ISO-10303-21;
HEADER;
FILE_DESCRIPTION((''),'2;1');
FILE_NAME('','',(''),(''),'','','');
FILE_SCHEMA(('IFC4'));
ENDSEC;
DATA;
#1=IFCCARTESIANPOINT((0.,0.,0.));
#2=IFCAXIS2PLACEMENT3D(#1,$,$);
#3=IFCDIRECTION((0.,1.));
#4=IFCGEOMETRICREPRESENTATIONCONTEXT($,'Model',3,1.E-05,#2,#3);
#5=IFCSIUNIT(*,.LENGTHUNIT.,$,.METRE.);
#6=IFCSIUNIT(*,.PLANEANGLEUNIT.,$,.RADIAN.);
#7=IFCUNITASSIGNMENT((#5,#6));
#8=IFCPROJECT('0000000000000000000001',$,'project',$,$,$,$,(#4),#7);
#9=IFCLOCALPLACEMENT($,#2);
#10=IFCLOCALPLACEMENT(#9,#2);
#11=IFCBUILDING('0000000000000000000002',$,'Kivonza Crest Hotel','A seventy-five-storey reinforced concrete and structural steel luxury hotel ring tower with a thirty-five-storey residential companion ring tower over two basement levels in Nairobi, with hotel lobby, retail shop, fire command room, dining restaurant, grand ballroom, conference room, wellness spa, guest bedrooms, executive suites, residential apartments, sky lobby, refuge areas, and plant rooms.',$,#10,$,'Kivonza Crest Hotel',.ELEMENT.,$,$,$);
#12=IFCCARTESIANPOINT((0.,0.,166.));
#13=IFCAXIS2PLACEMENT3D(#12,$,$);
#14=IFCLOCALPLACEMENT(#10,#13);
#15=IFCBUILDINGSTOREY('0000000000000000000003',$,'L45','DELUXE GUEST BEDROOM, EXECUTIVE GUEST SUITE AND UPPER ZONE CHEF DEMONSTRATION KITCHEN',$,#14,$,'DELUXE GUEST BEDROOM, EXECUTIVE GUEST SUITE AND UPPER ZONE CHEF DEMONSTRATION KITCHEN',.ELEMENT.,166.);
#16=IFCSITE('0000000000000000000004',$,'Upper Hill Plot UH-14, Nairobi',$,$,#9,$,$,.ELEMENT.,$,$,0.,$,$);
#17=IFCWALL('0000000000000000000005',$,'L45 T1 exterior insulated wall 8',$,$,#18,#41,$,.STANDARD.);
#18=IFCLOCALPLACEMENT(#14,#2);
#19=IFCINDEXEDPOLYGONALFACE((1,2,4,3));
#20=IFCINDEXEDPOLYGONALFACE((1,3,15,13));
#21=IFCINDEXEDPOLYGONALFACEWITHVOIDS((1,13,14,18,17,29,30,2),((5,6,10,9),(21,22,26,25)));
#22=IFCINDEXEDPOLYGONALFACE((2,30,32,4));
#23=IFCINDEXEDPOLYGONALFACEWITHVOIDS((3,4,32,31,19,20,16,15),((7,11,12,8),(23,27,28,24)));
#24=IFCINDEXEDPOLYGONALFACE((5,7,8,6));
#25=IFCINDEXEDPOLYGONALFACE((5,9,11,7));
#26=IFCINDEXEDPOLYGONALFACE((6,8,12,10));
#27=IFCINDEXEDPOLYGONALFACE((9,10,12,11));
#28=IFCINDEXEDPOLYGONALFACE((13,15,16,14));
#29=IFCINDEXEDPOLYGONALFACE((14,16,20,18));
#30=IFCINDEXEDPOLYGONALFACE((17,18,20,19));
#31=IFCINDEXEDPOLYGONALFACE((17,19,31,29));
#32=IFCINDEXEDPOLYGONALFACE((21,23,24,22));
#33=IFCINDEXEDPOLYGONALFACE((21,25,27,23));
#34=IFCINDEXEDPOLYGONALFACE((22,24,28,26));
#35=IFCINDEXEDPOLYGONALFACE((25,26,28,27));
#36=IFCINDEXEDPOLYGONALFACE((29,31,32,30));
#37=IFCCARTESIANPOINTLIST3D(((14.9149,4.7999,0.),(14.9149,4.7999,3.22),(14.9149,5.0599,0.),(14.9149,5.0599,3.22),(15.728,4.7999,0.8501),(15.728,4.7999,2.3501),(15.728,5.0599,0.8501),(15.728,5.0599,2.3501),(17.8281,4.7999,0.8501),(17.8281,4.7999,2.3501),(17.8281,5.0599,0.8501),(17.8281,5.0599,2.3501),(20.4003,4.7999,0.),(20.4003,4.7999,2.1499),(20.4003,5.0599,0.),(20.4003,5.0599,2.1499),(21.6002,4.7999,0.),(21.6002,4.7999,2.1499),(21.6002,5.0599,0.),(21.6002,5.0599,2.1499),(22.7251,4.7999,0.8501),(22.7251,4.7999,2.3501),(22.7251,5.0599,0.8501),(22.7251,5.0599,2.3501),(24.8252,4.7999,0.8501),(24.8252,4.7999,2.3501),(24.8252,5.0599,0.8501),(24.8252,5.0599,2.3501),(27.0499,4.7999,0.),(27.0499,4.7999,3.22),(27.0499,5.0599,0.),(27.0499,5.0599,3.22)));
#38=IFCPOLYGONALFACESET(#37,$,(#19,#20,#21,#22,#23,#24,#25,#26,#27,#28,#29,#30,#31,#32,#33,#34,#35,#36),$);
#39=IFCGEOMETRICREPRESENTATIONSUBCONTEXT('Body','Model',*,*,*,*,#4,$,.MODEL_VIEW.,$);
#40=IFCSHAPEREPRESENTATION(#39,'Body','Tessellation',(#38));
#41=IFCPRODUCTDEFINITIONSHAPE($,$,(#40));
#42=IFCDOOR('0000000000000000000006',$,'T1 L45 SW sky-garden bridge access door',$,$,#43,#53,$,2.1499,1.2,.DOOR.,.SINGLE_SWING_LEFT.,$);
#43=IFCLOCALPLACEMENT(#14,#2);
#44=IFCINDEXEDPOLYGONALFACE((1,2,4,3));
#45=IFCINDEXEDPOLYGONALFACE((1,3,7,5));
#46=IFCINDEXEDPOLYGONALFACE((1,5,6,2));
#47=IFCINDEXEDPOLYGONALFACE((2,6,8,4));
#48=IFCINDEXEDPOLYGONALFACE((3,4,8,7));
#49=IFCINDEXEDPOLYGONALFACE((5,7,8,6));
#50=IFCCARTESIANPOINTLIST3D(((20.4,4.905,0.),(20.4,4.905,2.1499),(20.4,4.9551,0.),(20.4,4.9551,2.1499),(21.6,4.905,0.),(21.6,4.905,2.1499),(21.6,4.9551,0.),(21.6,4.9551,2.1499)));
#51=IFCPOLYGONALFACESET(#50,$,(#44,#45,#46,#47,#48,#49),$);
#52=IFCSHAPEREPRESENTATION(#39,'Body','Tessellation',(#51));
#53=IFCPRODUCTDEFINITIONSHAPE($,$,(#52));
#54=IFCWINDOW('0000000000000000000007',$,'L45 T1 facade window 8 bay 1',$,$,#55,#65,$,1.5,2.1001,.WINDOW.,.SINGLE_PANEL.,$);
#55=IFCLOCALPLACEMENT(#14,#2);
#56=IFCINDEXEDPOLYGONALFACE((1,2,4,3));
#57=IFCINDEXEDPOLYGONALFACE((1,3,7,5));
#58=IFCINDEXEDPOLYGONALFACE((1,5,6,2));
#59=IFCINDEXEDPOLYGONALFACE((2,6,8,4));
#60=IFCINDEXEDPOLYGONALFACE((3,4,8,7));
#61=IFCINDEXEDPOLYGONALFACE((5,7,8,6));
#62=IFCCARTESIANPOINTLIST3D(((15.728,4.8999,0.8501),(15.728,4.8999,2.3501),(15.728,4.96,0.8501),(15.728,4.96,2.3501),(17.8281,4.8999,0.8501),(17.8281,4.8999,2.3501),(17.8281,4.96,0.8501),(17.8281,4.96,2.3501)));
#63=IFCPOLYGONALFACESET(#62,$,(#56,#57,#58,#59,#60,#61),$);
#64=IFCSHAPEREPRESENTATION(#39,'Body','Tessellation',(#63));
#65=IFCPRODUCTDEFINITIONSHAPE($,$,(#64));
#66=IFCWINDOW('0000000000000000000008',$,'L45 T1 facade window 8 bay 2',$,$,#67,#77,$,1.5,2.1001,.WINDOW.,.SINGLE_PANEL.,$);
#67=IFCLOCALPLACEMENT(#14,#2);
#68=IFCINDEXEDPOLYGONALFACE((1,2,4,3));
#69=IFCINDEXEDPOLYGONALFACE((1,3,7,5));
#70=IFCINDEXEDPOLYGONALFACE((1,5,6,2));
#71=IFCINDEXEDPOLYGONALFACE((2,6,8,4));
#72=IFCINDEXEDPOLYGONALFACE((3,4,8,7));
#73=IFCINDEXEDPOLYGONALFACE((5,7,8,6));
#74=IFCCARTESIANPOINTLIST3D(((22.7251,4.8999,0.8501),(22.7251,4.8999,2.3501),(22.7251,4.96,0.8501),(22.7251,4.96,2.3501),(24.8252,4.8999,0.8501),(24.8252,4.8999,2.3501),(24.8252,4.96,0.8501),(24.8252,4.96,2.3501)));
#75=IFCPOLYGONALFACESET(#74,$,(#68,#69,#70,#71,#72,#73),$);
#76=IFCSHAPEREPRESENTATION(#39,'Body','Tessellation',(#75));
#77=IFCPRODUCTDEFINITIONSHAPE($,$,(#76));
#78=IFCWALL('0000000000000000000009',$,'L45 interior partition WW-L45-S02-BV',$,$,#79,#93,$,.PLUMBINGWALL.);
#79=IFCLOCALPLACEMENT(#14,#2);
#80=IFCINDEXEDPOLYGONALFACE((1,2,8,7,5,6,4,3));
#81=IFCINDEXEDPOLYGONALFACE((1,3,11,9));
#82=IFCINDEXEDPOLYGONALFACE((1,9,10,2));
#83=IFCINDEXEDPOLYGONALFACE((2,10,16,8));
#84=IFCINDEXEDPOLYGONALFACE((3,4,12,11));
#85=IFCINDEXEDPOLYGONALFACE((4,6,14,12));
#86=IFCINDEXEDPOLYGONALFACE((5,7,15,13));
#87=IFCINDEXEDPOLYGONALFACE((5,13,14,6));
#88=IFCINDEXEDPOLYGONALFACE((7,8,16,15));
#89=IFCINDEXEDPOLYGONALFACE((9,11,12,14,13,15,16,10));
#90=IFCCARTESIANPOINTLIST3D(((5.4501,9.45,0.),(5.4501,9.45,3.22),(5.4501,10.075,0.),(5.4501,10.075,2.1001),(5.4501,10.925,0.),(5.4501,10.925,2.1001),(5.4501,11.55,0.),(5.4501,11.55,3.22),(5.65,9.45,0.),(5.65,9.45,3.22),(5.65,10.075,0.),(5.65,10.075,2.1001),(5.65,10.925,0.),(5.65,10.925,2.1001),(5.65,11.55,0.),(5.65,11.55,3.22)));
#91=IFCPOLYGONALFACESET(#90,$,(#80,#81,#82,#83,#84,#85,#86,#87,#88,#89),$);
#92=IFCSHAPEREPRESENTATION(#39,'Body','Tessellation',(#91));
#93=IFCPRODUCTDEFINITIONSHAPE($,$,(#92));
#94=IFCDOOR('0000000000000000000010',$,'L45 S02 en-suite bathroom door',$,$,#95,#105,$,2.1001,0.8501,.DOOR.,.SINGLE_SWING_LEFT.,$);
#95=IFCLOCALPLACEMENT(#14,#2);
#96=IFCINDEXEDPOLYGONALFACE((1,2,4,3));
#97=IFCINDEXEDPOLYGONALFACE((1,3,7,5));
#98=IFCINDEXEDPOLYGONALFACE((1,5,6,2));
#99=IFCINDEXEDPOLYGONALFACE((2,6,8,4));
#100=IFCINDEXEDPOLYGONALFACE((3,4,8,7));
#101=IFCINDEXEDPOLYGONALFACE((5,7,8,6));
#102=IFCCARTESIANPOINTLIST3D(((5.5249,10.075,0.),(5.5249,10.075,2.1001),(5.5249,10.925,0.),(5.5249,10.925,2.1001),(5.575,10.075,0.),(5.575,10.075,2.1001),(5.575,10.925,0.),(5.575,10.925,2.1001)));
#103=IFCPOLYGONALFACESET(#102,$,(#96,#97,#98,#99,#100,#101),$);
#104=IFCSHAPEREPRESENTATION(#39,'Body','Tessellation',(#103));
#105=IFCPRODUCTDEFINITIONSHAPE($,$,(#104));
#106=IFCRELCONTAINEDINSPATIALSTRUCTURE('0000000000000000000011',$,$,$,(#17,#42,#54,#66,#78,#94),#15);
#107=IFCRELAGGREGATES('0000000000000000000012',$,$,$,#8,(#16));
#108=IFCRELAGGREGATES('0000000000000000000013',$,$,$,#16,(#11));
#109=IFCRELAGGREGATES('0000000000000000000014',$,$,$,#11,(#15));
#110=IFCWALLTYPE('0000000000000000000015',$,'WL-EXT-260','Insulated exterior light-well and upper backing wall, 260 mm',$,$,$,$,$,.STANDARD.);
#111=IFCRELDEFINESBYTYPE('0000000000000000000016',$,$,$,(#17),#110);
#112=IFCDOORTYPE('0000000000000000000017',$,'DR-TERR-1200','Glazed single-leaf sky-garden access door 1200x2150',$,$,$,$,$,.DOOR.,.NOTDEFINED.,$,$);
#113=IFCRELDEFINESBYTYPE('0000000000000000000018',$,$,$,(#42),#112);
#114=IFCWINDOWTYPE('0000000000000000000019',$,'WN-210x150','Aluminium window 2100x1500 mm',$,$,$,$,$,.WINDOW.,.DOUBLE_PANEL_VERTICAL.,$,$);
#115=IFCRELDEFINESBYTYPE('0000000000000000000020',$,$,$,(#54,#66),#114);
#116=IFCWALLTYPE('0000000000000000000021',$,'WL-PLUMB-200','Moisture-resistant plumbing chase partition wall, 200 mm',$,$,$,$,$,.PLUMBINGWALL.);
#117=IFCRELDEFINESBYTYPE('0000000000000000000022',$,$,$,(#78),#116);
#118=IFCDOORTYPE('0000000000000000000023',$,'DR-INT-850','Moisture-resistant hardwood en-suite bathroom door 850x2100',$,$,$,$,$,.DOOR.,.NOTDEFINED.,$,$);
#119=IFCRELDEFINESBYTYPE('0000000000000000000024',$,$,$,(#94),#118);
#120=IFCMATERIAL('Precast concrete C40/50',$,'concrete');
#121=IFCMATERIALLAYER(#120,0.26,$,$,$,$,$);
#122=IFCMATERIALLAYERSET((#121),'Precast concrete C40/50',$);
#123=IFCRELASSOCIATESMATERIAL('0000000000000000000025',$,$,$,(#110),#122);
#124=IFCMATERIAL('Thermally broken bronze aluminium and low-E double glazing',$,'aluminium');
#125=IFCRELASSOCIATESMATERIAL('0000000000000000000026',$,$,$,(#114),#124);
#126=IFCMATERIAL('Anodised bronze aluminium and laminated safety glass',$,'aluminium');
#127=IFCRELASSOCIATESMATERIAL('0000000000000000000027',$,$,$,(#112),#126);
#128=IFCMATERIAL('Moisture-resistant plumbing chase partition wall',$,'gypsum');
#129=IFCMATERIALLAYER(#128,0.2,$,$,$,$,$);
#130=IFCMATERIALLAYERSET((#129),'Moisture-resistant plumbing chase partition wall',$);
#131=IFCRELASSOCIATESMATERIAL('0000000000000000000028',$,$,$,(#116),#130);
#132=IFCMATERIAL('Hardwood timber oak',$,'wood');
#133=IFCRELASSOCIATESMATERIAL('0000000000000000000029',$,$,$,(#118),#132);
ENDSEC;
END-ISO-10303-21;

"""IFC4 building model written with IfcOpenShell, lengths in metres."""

from ifc_helpers import new_model, si_unit, direction, frame, frame_2d, origin, place, context, subcontext, project, spatial, rectangle, extrude, material, layer, layer_set, type_object, element, fill, save


model = new_model("IFC4")

# Units and contexts
model_context = context("Model", 3, precision=1e-05, world=origin(), true_north=direction((0.0, 1.0)))
body_context = subcontext(model_context, "Body", "Model", "MODEL_VIEW")
ifc_project = project(units=[si_unit("LENGTHUNIT", "METRE"), si_unit("PLANEANGLEUNIT", "RADIAN")], contexts=[model_context])

# Site, building, storey
site_placement = place(None, origin())
site = spatial("IfcSite", under=ifc_project, at=site_placement, Name="Upper Hill Plot UH-14, Nairobi", CompositionType="ELEMENT", RefElevation=0.0)
building_placement = place(site_placement, origin())
building = spatial("IfcBuilding", under=site, at=building_placement, Name="Kivonza Crest Hotel", Description="A seventy-five-storey reinforced concrete and structural steel luxury hotel ring tower with a thirty-five-storey residential companion ring tower over two basement levels in Nairobi, with hotel lobby, retail shop, fire command room, dining restaurant, grand ballroom, conference room, wellness spa, guest bedrooms, executive suites, residential apartments, sky lobby, refuge areas, and plant rooms.", LongName="Kivonza Crest Hotel", CompositionType="ELEMENT")
storey_placement = place(building_placement, frame((0.0, 0.0, 166.0)))
storey = spatial("IfcBuildingStorey", under=building, at=storey_placement, Name="L45", Description="DELUXE GUEST BEDROOM, EXECUTIVE GUEST SUITE AND UPPER ZONE CHEF DEMONSTRATION KITCHEN", LongName="DELUXE GUEST BEDROOM, EXECUTIVE GUEST SUITE AND UPPER ZONE CHEF DEMONSTRATION KITCHEN", CompositionType="ELEMENT", Elevation=166.0)

# Shared definitions
ifc_material_1 = material(Name="Hardwood timber oak", Category="wood")

# Shared definitions
ifc_material_2 = material(Name="Precast concrete C40/50", Category="concrete")
ifc_layer_1 = layer(ifc_material_2, 0.26)
ifc_layer_set_1 = layer_set([ifc_layer_1], Name="Precast concrete C40/50")
wall_type_1 = type_object("IfcWallType", Name="WL-EXT-260", Description="Insulated exterior light-well and upper backing wall, 260 mm", PredefinedType="STANDARD", material=ifc_layer_set_1)

# Shared definitions
ifc_material_3 = material(Name="Thermally broken bronze aluminium and low-E double glazing", Category="aluminium")
window_type = type_object("IfcWindowType", Name="WN-210x150", Description="Aluminium window 2100x1500 mm", PartitioningType="DOUBLE_PANEL_VERTICAL", PredefinedType="WINDOW", material=ifc_material_3)

# Wall, openings, door, windows
wall_1_placement = place(storey_placement, frame((14.915, 4.9299, 0.0), z_axis=(0.0, 0.0, 1.0), x_axis=(1.0, 0.0, 0.0)))
wall_1 = element("IfcWall", 1, at=wall_1_placement, inside=storey, type_object=wall_type_1, Name="L45 T1 exterior insulated wall 8", PredefinedType="STANDARD", context=body_context, shape_type="SweptSolid", body=[
    extrude(rectangle(XDim=12.135, YDim=0.26, at=frame_2d((6.0674, 0.0))), origin(), (0.0, 0.0, 1.0), 3.22),
])
opening_1_placement = place(wall_1_placement, frame((5.4851, 0.0, 0.0)))
opening_1 = element("IfcOpeningElement", 2, at=opening_1_placement, cuts=wall_1, PredefinedType="OPENING", context=body_context, shape_type="SweptSolid", body=[
    extrude(rectangle(XDim=1.2, YDim=2.1499, at=frame_2d((0.6001, 1.075))), frame((0.0, 0.1401, 0.0), z_axis=(0.0, -1.0, 0.0), x_axis=(1.0, 0.0, 0.0)), (0.0, 0.0, 1.0), 0.28),
])
opening_2_placement = place(wall_1_placement, frame((0.813, 0.0, 0.8501)))
opening_2 = element("IfcOpeningElement", 3, at=opening_2_placement, cuts=wall_1, PredefinedType="OPENING", context=body_context, shape_type="SweptSolid", body=[
    extrude(rectangle(XDim=2.1001, YDim=1.5, at=frame_2d((1.05, 0.75))), frame((0.0, 0.1401, 0.0), z_axis=(0.0, -1.0, 0.0), x_axis=(1.0, 0.0, 0.0)), (0.0, 0.0, 1.0), 0.28),
])
opening_3_placement = place(wall_1_placement, frame((7.8101, 0.0, 0.8501)))
opening_3 = element("IfcOpeningElement", 4, at=opening_3_placement, cuts=wall_1, PredefinedType="OPENING", context=body_context, shape_type="SweptSolid", body=[
    extrude(rectangle(XDim=2.1001, YDim=1.5, at=frame_2d((1.05, 0.75))), frame((0.0, 0.1401, 0.0), z_axis=(0.0, -1.0, 0.0), x_axis=(1.0, 0.0, 0.0)), (0.0, 0.0, 1.0), 0.28),
])
ifc_material_4 = material(Name="Anodised bronze aluminium and laminated safety glass", Category="aluminium")
door_type_1 = type_object("IfcDoorType", Name="DR-TERR-1200", Description="Glazed single-leaf sky-garden access door 1200x2150", OperationType="NOTDEFINED", PredefinedType="DOOR", material=ifc_material_4)
door_1_placement = place(opening_1_placement, frame((1.2, 0.0, 0.0), z_axis=(0.0, 0.0, 1.0), x_axis=(-1.0, 0.0, 0.0)))
door_1 = element("IfcDoor", 5, at=door_1_placement, inside=storey, type_object=door_type_1, Name="T1 L45 SW sky-garden bridge access door", OperationType="SINGLE_SWING_LEFT", OverallHeight=2.1499, OverallWidth=1.2, PredefinedType="DOOR", context=body_context, shape_type="SweptSolid", body=[
    extrude(rectangle(XDim=1.2, YDim=2.1499, at=frame_2d((0.6001, 1.075))), frame((0.0, 0.0249, 0.0), z_axis=(0.0, -1.0, 0.0), x_axis=(1.0, 0.0, 0.0)), (0.0, 0.0, 1.0), 0.05),
])
fill(opening_1, door_1)
window_1_placement = place(opening_2_placement, origin())
window_1 = element("IfcWindow", 6, at=window_1_placement, inside=storey, type_object=window_type, Name="L45 T1 facade window 8 bay 1", OverallHeight=1.5, OverallWidth=2.1001, PartitioningType="SINGLE_PANEL", PredefinedType="WINDOW", context=body_context, shape_type="SweptSolid", body=[
    extrude(rectangle(XDim=2.1001, YDim=1.5, at=frame_2d((1.05, 0.75))), frame((0.0, 0.03, 0.0), z_axis=(0.0, -1.0, 0.0), x_axis=(1.0, 0.0, 0.0)), (0.0, 0.0, 1.0), 0.0601),
])
fill(opening_2, window_1)
window_2_placement = place(opening_3_placement, origin())
window_2 = element("IfcWindow", 7, at=window_2_placement, inside=storey, type_object=window_type, Name="L45 T1 facade window 8 bay 2", OverallHeight=1.5, OverallWidth=2.1001, PartitioningType="SINGLE_PANEL", PredefinedType="WINDOW", context=body_context, shape_type="SweptSolid", body=[
    extrude(rectangle(XDim=2.1001, YDim=1.5, at=frame_2d((1.05, 0.75))), frame((0.0, 0.03, 0.0), z_axis=(0.0, -1.0, 0.0), x_axis=(1.0, 0.0, 0.0)), (0.0, 0.0, 1.0), 0.0601),
])
fill(opening_3, window_2)

# Wall, opening, door
ifc_material_5 = material(Name="Moisture-resistant plumbing chase partition wall", Category="gypsum")
ifc_layer_2 = layer(ifc_material_5, 0.2)
ifc_layer_set_2 = layer_set([ifc_layer_2], Name="Moisture-resistant plumbing chase partition wall")
wall_type_2 = type_object("IfcWallType", Name="WL-PLUMB-200", Description="Moisture-resistant plumbing chase partition wall, 200 mm", PredefinedType="PLUMBINGWALL", material=ifc_layer_set_2)
wall_2_placement = place(storey_placement, frame((5.55, 9.45, 0.0), z_axis=(0.0, 0.0, 1.0), x_axis=(0.0, 1.0, 0.0)))
wall_2 = element("IfcWall", 8, at=wall_2_placement, inside=storey, type_object=wall_type_2, Name="L45 interior partition WW-L45-S02-BV", PredefinedType="PLUMBINGWALL", context=body_context, shape_type="SweptSolid", body=[
    extrude(rectangle(XDim=2.1001, YDim=0.2, at=frame_2d((1.05, 0.0))), origin(), (0.0, 0.0, 1.0), 3.22),
])
opening_4_placement = place(wall_2_placement, frame((0.625, 0.0, 0.0)))
opening_4 = element("IfcOpeningElement", 9, at=opening_4_placement, cuts=wall_2, PredefinedType="OPENING", context=body_context, shape_type="SweptSolid", body=[
    extrude(rectangle(XDim=0.8501, YDim=2.1001, at=frame_2d((0.425, 1.05))), frame((0.0, 0.1099, 0.0), z_axis=(0.0, -1.0, 0.0), x_axis=(1.0, 0.0, 0.0)), (0.0, 0.0, 1.0), 0.22),
])
door_type_2 = type_object("IfcDoorType", Name="DR-INT-850", Description="Moisture-resistant hardwood en-suite bathroom door 850x2100", OperationType="NOTDEFINED", PredefinedType="DOOR", material=ifc_material_1)
door_2_placement = place(opening_4_placement, frame((0.8501, 0.0, 0.0), z_axis=(0.0, 0.0, 1.0), x_axis=(-1.0, 0.0, 0.0)))
door_2 = element("IfcDoor", 10, at=door_2_placement, inside=storey, type_object=door_type_2, Name="L45 S02 en-suite bathroom door", OperationType="SINGLE_SWING_LEFT", OverallHeight=2.1001, OverallWidth=0.8501, PredefinedType="DOOR", context=body_context, shape_type="SweptSolid", body=[
    extrude(rectangle(XDim=0.8501, YDim=2.1001, at=frame_2d((0.425, 1.05))), frame((0.0, 0.0249, 0.0), z_axis=(0.0, -1.0, 0.0), x_axis=(1.0, 0.0, 0.0)), (0.0, 0.0, 1.0), 0.05),
])
fill(opening_4, door_2)

save(model, "model.ifc")
